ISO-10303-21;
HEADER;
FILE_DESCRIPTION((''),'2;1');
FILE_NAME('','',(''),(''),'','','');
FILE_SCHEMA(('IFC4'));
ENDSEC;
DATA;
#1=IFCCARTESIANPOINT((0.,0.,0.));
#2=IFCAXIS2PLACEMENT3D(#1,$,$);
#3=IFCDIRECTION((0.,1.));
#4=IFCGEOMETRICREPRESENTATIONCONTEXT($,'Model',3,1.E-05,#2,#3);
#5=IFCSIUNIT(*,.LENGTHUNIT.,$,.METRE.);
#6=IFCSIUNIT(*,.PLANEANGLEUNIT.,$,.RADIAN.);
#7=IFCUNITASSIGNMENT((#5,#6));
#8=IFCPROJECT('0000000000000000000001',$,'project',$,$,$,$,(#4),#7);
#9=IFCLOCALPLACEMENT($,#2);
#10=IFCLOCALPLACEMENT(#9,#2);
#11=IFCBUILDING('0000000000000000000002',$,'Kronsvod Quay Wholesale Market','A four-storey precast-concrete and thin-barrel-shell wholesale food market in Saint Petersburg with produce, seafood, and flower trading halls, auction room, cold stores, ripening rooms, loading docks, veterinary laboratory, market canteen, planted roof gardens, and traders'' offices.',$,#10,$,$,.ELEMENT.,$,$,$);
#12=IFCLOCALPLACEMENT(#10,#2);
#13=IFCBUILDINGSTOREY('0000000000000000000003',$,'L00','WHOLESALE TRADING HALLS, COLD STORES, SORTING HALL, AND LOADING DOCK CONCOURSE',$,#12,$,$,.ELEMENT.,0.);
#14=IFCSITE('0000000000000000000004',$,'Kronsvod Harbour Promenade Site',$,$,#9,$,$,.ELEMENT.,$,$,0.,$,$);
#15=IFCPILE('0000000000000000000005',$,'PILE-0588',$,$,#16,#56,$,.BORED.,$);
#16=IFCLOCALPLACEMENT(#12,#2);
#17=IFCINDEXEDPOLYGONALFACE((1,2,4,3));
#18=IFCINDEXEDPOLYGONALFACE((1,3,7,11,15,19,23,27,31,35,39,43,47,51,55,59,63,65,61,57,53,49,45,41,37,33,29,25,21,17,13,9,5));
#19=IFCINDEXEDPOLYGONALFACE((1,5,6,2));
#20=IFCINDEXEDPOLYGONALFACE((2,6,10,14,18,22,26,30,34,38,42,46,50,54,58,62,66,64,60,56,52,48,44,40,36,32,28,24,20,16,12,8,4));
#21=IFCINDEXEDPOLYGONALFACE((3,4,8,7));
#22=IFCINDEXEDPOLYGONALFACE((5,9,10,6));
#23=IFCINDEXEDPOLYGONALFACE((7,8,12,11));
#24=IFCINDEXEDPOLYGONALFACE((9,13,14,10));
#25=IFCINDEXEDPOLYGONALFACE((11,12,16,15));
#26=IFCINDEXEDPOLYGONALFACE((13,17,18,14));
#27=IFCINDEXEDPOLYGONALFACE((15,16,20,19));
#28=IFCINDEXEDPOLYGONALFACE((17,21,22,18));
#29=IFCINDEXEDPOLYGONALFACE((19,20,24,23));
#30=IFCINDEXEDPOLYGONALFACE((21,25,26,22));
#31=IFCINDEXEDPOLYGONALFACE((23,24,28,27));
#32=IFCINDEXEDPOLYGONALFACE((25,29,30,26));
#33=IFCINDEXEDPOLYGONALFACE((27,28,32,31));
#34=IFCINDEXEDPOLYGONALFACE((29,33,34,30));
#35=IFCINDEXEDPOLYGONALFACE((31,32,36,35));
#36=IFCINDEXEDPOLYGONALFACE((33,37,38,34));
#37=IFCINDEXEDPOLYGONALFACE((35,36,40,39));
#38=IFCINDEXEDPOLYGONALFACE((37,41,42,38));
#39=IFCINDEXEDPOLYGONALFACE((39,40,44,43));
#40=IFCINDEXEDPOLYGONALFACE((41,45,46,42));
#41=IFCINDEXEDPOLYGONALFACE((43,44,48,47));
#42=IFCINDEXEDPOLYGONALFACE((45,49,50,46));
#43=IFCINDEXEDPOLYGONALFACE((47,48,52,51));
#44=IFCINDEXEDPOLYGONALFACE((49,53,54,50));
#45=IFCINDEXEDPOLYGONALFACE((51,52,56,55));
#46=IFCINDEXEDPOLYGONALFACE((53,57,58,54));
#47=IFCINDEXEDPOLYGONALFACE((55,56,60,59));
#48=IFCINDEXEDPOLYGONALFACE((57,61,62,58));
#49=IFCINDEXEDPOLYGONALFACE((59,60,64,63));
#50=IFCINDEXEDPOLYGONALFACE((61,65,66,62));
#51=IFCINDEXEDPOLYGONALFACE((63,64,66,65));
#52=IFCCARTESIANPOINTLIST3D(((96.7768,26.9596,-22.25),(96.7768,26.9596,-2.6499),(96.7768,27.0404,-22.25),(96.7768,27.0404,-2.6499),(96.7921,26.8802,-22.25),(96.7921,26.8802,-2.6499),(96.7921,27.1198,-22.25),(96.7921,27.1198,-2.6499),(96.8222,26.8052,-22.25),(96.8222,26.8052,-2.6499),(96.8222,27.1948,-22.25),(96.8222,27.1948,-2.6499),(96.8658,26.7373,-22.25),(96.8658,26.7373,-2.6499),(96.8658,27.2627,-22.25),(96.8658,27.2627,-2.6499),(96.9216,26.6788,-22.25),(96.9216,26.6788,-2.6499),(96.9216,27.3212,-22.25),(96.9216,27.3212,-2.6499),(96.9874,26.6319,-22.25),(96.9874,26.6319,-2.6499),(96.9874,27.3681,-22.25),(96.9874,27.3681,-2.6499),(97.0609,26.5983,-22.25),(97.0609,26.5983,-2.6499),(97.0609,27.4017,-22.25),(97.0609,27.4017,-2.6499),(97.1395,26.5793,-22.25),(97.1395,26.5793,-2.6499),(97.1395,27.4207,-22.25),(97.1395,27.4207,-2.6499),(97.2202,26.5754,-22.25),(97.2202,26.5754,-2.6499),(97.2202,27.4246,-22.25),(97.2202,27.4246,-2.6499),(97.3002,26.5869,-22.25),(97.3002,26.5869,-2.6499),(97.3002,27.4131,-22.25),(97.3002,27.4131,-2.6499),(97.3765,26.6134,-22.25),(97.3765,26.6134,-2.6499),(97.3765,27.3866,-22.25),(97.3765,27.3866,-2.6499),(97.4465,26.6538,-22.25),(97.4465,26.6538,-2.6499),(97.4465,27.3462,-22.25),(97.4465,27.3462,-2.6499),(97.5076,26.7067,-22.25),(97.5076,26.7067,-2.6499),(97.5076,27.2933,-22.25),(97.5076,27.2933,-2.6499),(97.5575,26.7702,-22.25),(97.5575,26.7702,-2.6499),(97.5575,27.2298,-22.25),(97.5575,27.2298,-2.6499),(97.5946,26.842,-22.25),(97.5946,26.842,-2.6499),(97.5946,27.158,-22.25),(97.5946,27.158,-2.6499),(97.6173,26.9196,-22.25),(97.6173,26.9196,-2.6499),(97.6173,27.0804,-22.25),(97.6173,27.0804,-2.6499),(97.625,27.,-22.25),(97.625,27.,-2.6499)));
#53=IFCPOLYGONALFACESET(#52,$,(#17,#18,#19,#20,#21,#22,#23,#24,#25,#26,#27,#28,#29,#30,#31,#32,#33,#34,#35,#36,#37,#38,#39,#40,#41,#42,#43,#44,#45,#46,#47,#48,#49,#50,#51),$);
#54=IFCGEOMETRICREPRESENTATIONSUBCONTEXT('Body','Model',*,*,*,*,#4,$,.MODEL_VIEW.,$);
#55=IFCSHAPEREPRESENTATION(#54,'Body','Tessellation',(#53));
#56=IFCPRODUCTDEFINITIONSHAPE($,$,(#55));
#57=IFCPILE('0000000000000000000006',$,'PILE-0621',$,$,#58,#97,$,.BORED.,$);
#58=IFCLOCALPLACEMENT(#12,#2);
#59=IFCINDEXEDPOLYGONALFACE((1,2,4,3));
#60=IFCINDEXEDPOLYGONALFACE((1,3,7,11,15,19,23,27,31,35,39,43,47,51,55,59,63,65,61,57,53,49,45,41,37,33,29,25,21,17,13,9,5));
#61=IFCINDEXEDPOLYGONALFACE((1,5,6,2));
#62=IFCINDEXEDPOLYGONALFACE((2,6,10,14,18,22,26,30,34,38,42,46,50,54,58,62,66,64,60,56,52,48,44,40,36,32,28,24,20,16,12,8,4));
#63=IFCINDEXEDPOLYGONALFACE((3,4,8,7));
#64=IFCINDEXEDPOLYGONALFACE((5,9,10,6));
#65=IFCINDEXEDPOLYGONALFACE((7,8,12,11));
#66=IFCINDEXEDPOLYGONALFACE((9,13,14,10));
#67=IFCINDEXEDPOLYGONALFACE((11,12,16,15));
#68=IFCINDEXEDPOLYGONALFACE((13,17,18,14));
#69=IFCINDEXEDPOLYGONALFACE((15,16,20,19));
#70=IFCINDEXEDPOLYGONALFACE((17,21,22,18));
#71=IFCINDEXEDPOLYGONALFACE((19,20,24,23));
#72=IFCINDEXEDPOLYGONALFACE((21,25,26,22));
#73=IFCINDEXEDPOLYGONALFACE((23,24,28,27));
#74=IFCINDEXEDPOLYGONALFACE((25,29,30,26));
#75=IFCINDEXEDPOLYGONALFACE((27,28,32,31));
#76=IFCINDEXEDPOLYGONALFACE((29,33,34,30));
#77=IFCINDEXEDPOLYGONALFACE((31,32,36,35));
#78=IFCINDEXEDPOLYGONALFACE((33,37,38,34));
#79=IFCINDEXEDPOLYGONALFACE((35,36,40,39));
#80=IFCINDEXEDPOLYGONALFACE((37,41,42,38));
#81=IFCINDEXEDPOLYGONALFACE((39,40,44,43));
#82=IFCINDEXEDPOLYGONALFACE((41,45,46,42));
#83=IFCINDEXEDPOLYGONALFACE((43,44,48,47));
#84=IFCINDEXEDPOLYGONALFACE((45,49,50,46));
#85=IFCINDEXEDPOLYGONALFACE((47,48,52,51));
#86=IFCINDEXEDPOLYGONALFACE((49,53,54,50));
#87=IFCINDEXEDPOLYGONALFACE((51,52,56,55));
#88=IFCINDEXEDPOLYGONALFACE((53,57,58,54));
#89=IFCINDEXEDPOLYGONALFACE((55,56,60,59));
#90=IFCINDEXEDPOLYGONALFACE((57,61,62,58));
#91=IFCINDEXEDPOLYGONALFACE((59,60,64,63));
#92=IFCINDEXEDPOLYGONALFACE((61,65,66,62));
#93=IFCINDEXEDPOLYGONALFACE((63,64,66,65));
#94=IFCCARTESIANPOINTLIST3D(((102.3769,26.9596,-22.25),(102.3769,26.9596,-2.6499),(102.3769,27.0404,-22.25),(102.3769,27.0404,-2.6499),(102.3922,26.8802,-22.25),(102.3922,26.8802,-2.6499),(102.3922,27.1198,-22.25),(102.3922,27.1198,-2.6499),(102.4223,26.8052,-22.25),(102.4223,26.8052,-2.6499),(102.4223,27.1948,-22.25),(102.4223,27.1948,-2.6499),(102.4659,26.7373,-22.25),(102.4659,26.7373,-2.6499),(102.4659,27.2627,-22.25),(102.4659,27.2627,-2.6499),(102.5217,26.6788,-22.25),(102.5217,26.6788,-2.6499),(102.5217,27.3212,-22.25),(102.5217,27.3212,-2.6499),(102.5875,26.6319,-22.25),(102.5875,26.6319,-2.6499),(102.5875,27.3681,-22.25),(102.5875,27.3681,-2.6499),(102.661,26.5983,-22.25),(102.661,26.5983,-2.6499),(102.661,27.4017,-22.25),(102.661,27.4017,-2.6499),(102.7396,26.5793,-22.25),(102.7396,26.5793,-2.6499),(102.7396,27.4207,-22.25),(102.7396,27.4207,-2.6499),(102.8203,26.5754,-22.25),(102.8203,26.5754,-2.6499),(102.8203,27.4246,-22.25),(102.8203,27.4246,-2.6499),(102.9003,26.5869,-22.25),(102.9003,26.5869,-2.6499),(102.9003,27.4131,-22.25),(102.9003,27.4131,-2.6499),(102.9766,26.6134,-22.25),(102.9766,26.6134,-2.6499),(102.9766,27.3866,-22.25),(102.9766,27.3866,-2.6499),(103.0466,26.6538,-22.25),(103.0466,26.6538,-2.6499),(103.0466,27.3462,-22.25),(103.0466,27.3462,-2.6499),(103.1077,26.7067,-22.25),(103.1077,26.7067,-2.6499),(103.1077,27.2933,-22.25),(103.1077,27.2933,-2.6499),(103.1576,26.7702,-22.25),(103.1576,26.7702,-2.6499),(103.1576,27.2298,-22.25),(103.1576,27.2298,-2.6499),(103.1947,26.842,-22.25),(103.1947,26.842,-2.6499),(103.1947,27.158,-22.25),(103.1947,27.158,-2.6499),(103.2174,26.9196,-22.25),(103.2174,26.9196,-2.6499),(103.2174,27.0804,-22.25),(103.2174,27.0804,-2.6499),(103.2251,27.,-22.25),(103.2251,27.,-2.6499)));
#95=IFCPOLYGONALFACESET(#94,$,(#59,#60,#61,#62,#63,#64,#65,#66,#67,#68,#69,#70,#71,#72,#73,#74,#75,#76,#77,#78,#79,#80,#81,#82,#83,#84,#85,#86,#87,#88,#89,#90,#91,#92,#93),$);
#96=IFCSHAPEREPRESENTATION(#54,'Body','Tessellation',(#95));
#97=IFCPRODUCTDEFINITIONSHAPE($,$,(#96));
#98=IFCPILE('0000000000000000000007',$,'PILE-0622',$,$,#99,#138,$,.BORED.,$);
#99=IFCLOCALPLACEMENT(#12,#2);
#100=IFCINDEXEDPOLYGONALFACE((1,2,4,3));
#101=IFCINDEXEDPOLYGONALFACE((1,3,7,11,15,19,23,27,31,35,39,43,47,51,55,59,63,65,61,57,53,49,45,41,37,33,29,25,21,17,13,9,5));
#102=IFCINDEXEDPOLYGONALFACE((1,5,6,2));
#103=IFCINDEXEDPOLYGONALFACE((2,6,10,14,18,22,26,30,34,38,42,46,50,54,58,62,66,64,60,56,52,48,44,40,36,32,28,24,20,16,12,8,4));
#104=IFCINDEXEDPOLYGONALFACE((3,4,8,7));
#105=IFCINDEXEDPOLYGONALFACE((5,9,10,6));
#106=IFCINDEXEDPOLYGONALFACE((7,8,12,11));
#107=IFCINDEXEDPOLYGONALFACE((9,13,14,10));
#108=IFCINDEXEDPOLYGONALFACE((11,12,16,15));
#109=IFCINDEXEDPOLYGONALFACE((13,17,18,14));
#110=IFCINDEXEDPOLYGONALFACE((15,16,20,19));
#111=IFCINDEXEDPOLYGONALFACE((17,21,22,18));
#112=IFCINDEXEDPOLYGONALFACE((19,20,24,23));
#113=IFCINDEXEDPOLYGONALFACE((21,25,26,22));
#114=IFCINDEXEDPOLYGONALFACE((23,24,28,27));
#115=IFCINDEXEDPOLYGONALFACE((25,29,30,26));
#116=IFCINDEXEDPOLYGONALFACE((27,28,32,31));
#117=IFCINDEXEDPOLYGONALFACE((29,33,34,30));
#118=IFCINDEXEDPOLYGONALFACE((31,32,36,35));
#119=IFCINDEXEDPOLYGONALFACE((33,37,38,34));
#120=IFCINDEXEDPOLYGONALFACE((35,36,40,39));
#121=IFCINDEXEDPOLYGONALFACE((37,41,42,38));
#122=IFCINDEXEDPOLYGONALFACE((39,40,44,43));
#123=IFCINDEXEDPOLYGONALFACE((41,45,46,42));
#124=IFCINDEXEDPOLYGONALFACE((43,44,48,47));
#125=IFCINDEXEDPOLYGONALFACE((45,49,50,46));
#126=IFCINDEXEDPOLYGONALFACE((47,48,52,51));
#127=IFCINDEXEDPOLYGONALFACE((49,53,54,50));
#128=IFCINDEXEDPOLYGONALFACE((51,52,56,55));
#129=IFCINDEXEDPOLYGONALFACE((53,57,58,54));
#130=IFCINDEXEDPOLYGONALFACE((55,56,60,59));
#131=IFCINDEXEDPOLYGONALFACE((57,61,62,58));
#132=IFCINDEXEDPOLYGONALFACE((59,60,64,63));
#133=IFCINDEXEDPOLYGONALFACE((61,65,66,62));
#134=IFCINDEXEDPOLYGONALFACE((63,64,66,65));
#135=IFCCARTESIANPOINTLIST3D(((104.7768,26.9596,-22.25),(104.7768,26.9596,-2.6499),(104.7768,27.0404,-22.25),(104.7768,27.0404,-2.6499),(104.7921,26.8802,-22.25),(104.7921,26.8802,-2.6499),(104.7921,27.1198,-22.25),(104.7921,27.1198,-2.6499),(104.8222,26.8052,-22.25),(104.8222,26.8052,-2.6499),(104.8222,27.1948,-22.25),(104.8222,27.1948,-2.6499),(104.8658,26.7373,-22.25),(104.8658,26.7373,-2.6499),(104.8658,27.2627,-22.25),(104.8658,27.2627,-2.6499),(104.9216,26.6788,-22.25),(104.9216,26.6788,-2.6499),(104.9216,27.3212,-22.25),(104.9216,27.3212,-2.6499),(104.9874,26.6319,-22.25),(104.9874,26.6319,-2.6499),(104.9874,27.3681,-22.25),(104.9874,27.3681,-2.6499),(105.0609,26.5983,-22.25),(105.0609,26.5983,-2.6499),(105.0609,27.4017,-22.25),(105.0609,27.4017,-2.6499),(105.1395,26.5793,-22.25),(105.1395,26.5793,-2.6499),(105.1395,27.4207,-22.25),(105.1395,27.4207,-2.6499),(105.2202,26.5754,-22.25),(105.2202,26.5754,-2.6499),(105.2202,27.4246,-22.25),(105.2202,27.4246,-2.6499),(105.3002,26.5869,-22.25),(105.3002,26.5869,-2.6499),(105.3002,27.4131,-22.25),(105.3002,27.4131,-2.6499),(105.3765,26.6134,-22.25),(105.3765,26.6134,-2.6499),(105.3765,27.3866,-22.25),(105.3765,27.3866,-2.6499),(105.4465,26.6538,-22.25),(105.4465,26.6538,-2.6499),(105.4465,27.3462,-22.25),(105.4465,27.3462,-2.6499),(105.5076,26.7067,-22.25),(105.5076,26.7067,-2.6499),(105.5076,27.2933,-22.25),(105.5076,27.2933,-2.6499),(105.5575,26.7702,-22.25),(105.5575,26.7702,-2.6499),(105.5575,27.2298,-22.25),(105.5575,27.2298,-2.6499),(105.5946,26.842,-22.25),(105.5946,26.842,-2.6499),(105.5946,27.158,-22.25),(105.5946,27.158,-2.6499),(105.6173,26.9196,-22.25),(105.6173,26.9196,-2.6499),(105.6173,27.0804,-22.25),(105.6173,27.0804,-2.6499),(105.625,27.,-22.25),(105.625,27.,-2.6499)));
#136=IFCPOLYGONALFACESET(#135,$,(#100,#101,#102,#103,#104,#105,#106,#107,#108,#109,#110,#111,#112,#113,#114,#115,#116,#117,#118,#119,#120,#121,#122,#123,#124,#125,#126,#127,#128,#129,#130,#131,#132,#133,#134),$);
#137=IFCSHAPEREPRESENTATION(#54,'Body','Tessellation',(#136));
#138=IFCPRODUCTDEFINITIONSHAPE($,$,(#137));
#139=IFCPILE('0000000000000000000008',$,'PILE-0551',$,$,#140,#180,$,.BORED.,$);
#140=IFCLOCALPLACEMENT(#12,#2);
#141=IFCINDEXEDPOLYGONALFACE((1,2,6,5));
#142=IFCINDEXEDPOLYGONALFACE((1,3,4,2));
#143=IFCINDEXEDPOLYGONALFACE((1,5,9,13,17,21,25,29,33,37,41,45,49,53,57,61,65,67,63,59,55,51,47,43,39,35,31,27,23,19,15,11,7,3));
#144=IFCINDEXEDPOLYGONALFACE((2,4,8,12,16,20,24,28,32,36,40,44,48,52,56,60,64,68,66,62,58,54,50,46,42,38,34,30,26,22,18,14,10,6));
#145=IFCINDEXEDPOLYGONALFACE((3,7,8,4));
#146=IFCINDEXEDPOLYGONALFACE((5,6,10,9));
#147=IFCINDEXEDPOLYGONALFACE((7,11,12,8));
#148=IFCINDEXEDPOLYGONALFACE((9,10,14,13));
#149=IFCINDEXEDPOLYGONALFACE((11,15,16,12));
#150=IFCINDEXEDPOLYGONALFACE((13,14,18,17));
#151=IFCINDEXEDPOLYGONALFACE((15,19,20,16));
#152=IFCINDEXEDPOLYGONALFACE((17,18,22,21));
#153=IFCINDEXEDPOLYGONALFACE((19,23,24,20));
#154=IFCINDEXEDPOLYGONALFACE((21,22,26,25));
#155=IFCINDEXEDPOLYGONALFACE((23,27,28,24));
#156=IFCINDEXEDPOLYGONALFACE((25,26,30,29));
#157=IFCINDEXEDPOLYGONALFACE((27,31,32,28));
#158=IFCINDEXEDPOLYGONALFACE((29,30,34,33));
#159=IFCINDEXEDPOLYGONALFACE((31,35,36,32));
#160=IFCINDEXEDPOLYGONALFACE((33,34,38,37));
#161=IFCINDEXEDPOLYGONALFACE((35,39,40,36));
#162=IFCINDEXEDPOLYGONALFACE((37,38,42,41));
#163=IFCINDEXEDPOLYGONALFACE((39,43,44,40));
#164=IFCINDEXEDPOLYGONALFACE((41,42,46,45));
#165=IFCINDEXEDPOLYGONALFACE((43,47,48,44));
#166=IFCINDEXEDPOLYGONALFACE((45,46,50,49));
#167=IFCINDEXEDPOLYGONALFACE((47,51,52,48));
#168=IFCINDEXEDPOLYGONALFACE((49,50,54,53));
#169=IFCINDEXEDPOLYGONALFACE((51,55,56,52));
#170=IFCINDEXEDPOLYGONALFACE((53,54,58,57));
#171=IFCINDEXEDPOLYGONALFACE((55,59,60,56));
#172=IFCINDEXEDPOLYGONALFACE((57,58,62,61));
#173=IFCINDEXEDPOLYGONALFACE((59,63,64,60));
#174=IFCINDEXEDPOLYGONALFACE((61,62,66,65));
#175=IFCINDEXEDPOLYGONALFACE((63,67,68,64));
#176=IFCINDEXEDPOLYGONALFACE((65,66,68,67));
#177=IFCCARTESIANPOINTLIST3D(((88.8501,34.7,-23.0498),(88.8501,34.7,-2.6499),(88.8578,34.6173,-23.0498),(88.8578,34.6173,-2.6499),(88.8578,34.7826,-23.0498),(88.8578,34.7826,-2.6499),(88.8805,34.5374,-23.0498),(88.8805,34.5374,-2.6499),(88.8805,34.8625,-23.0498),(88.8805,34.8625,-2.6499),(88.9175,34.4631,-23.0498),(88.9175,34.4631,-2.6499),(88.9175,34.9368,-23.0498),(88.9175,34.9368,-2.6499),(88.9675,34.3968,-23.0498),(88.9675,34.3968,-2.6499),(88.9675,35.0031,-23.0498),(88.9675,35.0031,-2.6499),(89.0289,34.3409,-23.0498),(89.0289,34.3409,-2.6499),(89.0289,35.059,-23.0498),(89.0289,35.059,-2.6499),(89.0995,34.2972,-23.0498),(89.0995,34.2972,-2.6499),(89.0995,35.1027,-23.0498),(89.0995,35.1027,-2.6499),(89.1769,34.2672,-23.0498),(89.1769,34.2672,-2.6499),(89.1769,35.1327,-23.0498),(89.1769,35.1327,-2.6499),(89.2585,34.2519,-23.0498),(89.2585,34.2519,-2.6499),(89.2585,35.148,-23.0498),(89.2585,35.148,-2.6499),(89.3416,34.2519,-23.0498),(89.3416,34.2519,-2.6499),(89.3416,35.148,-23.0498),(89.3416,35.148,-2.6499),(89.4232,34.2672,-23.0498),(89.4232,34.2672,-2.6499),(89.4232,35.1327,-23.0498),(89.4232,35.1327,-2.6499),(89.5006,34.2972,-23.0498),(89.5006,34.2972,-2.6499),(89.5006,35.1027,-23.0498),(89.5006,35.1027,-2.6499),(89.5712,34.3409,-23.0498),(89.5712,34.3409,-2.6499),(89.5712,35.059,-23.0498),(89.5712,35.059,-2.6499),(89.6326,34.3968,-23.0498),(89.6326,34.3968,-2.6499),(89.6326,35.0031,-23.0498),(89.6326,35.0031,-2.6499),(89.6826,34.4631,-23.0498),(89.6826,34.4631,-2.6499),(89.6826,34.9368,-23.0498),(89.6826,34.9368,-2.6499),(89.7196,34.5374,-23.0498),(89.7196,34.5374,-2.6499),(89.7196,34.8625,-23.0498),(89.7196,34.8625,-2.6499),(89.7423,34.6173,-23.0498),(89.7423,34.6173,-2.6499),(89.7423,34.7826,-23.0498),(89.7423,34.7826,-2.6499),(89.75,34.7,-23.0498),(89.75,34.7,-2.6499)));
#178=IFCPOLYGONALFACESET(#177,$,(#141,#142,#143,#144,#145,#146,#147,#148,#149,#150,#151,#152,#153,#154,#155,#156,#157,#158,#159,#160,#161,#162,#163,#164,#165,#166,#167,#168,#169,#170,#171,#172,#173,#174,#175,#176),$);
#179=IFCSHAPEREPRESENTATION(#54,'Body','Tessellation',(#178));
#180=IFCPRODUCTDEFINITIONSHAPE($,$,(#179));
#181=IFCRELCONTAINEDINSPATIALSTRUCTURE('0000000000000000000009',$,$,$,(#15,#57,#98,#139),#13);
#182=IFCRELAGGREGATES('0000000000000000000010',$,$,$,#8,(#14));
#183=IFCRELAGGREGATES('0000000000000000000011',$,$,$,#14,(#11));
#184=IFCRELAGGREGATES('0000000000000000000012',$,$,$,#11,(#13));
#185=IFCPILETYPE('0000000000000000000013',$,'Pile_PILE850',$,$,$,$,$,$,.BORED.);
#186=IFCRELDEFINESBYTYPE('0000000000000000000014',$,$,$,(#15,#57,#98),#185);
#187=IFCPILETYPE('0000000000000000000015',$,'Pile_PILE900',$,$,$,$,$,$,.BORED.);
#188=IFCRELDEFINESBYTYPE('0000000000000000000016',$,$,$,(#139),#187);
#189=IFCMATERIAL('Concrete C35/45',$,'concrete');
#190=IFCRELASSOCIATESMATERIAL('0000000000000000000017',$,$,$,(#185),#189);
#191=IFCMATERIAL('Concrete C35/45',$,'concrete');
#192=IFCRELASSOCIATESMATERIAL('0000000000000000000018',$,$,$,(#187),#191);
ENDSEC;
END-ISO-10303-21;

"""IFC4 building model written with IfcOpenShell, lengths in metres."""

from ifc_helpers import new_model, si_unit, direction, frame, origin, origin_2d, place, context, subcontext, project, spatial, circle, extrude, material, material_profile, profile_set, type_object, element, save


model = new_model("IFC4")

# Units and contexts
model_context = context("Model", 3, precision=1e-05, world=origin(), true_north=direction((0.0, 1.0)))
body_context = subcontext(model_context, "Body", "Model", "MODEL_VIEW")
ifc_project = project(units=[si_unit("LENGTHUNIT", "METRE"), si_unit("PLANEANGLEUNIT", "RADIAN")], contexts=[model_context])

# Site, building, storey
site_placement = place(None, origin())
site = spatial("IfcSite", under=ifc_project, at=site_placement, Name="Kronsvod Harbour Promenade Site", CompositionType="ELEMENT", RefElevation=0.0)
building_placement = place(site_placement, origin())
building = spatial("IfcBuilding", under=site, at=building_placement, Name="Kronsvod Quay Wholesale Market", Description="A four-storey precast-concrete and thin-barrel-shell wholesale food market in Saint Petersburg with produce, seafood, and flower trading halls, auction room, cold stores, ripening rooms, loading docks, veterinary laboratory, market canteen, planted roof gardens, and traders' offices.", CompositionType="ELEMENT")
storey_placement = place(building_placement, origin())
storey = spatial("IfcBuildingStorey", under=building, at=storey_placement, Name="L00", Description="WHOLESALE TRADING HALLS, COLD STORES, SORTING HALL, AND LOADING DOCK CONCOURSE", CompositionType="ELEMENT", Elevation=0.0)

# Piles
ifc_material_1 = material(Name="Concrete C35/45", Category="concrete")
ifc_material_profile_1 = material_profile(ifc_material_1, circle(Radius=0.425, at=origin_2d()), Name="PILE850")
ifc_profile_set_1 = profile_set([ifc_material_profile_1], Name="Concrete C35/45")
pile_type_1 = type_object("IfcPileType", Name="Pile_PILE850", PredefinedType="BORED", material=ifc_profile_set_1)
for number, where, z_axis, x_axis, name in (
    (1, (97.2, 27.0, -2.6499), (0.0, 0.0, -1.0), (1.0, 0.0, 0.0), "PILE-0588"),
    (2, (102.8, 27.0, -2.6499), (0.0, 0.0, -1.0), (1.0, 0.0, 0.0), "PILE-0621"),
    (3, (105.2, 27.0, -2.6499), (0.0, 0.0, -1.0), (1.0, 0.0, 0.0), "PILE-0622"),
):
    element("IfcPile", number, at=place(storey_placement, frame(where, z_axis=z_axis, x_axis=x_axis)), inside=storey, type_object=pile_type_1, Name=name, PredefinedType="BORED", context=body_context, shape_type="SweptSolid", body=[
        extrude(circle(Radius=0.425, at=origin_2d()), origin(), (0.0, 0.0, 1.0), 19.6001),
    ])
ifc_material_2 = material(Name="Concrete C35/45", Category="concrete")
ifc_material_profile_2 = material_profile(ifc_material_2, circle(Radius=0.45, at=origin_2d()), Name="PILE900")
ifc_profile_set_2 = profile_set([ifc_material_profile_2], Name="Concrete C35/45")
pile_type_2 = type_object("IfcPileType", Name="Pile_PILE900", PredefinedType="BORED", material=ifc_profile_set_2)
for number, where, z_axis, x_axis, name in (
    (4, (89.3, 34.7, -2.6499), (0.0, 0.0, -1.0), (1.0, 0.0, 0.0), "PILE-0551"),
):
    element("IfcPile", number, at=place(storey_placement, frame(where, z_axis=z_axis, x_axis=x_axis)), inside=storey, type_object=pile_type_2, Name=name, PredefinedType="BORED", context=body_context, shape_type="SweptSolid", body=[
        extrude(circle(Radius=0.45, at=origin_2d()), origin(), (0.0, 0.0, 1.0), 20.3999),
    ])

save(model, "model.ifc")
